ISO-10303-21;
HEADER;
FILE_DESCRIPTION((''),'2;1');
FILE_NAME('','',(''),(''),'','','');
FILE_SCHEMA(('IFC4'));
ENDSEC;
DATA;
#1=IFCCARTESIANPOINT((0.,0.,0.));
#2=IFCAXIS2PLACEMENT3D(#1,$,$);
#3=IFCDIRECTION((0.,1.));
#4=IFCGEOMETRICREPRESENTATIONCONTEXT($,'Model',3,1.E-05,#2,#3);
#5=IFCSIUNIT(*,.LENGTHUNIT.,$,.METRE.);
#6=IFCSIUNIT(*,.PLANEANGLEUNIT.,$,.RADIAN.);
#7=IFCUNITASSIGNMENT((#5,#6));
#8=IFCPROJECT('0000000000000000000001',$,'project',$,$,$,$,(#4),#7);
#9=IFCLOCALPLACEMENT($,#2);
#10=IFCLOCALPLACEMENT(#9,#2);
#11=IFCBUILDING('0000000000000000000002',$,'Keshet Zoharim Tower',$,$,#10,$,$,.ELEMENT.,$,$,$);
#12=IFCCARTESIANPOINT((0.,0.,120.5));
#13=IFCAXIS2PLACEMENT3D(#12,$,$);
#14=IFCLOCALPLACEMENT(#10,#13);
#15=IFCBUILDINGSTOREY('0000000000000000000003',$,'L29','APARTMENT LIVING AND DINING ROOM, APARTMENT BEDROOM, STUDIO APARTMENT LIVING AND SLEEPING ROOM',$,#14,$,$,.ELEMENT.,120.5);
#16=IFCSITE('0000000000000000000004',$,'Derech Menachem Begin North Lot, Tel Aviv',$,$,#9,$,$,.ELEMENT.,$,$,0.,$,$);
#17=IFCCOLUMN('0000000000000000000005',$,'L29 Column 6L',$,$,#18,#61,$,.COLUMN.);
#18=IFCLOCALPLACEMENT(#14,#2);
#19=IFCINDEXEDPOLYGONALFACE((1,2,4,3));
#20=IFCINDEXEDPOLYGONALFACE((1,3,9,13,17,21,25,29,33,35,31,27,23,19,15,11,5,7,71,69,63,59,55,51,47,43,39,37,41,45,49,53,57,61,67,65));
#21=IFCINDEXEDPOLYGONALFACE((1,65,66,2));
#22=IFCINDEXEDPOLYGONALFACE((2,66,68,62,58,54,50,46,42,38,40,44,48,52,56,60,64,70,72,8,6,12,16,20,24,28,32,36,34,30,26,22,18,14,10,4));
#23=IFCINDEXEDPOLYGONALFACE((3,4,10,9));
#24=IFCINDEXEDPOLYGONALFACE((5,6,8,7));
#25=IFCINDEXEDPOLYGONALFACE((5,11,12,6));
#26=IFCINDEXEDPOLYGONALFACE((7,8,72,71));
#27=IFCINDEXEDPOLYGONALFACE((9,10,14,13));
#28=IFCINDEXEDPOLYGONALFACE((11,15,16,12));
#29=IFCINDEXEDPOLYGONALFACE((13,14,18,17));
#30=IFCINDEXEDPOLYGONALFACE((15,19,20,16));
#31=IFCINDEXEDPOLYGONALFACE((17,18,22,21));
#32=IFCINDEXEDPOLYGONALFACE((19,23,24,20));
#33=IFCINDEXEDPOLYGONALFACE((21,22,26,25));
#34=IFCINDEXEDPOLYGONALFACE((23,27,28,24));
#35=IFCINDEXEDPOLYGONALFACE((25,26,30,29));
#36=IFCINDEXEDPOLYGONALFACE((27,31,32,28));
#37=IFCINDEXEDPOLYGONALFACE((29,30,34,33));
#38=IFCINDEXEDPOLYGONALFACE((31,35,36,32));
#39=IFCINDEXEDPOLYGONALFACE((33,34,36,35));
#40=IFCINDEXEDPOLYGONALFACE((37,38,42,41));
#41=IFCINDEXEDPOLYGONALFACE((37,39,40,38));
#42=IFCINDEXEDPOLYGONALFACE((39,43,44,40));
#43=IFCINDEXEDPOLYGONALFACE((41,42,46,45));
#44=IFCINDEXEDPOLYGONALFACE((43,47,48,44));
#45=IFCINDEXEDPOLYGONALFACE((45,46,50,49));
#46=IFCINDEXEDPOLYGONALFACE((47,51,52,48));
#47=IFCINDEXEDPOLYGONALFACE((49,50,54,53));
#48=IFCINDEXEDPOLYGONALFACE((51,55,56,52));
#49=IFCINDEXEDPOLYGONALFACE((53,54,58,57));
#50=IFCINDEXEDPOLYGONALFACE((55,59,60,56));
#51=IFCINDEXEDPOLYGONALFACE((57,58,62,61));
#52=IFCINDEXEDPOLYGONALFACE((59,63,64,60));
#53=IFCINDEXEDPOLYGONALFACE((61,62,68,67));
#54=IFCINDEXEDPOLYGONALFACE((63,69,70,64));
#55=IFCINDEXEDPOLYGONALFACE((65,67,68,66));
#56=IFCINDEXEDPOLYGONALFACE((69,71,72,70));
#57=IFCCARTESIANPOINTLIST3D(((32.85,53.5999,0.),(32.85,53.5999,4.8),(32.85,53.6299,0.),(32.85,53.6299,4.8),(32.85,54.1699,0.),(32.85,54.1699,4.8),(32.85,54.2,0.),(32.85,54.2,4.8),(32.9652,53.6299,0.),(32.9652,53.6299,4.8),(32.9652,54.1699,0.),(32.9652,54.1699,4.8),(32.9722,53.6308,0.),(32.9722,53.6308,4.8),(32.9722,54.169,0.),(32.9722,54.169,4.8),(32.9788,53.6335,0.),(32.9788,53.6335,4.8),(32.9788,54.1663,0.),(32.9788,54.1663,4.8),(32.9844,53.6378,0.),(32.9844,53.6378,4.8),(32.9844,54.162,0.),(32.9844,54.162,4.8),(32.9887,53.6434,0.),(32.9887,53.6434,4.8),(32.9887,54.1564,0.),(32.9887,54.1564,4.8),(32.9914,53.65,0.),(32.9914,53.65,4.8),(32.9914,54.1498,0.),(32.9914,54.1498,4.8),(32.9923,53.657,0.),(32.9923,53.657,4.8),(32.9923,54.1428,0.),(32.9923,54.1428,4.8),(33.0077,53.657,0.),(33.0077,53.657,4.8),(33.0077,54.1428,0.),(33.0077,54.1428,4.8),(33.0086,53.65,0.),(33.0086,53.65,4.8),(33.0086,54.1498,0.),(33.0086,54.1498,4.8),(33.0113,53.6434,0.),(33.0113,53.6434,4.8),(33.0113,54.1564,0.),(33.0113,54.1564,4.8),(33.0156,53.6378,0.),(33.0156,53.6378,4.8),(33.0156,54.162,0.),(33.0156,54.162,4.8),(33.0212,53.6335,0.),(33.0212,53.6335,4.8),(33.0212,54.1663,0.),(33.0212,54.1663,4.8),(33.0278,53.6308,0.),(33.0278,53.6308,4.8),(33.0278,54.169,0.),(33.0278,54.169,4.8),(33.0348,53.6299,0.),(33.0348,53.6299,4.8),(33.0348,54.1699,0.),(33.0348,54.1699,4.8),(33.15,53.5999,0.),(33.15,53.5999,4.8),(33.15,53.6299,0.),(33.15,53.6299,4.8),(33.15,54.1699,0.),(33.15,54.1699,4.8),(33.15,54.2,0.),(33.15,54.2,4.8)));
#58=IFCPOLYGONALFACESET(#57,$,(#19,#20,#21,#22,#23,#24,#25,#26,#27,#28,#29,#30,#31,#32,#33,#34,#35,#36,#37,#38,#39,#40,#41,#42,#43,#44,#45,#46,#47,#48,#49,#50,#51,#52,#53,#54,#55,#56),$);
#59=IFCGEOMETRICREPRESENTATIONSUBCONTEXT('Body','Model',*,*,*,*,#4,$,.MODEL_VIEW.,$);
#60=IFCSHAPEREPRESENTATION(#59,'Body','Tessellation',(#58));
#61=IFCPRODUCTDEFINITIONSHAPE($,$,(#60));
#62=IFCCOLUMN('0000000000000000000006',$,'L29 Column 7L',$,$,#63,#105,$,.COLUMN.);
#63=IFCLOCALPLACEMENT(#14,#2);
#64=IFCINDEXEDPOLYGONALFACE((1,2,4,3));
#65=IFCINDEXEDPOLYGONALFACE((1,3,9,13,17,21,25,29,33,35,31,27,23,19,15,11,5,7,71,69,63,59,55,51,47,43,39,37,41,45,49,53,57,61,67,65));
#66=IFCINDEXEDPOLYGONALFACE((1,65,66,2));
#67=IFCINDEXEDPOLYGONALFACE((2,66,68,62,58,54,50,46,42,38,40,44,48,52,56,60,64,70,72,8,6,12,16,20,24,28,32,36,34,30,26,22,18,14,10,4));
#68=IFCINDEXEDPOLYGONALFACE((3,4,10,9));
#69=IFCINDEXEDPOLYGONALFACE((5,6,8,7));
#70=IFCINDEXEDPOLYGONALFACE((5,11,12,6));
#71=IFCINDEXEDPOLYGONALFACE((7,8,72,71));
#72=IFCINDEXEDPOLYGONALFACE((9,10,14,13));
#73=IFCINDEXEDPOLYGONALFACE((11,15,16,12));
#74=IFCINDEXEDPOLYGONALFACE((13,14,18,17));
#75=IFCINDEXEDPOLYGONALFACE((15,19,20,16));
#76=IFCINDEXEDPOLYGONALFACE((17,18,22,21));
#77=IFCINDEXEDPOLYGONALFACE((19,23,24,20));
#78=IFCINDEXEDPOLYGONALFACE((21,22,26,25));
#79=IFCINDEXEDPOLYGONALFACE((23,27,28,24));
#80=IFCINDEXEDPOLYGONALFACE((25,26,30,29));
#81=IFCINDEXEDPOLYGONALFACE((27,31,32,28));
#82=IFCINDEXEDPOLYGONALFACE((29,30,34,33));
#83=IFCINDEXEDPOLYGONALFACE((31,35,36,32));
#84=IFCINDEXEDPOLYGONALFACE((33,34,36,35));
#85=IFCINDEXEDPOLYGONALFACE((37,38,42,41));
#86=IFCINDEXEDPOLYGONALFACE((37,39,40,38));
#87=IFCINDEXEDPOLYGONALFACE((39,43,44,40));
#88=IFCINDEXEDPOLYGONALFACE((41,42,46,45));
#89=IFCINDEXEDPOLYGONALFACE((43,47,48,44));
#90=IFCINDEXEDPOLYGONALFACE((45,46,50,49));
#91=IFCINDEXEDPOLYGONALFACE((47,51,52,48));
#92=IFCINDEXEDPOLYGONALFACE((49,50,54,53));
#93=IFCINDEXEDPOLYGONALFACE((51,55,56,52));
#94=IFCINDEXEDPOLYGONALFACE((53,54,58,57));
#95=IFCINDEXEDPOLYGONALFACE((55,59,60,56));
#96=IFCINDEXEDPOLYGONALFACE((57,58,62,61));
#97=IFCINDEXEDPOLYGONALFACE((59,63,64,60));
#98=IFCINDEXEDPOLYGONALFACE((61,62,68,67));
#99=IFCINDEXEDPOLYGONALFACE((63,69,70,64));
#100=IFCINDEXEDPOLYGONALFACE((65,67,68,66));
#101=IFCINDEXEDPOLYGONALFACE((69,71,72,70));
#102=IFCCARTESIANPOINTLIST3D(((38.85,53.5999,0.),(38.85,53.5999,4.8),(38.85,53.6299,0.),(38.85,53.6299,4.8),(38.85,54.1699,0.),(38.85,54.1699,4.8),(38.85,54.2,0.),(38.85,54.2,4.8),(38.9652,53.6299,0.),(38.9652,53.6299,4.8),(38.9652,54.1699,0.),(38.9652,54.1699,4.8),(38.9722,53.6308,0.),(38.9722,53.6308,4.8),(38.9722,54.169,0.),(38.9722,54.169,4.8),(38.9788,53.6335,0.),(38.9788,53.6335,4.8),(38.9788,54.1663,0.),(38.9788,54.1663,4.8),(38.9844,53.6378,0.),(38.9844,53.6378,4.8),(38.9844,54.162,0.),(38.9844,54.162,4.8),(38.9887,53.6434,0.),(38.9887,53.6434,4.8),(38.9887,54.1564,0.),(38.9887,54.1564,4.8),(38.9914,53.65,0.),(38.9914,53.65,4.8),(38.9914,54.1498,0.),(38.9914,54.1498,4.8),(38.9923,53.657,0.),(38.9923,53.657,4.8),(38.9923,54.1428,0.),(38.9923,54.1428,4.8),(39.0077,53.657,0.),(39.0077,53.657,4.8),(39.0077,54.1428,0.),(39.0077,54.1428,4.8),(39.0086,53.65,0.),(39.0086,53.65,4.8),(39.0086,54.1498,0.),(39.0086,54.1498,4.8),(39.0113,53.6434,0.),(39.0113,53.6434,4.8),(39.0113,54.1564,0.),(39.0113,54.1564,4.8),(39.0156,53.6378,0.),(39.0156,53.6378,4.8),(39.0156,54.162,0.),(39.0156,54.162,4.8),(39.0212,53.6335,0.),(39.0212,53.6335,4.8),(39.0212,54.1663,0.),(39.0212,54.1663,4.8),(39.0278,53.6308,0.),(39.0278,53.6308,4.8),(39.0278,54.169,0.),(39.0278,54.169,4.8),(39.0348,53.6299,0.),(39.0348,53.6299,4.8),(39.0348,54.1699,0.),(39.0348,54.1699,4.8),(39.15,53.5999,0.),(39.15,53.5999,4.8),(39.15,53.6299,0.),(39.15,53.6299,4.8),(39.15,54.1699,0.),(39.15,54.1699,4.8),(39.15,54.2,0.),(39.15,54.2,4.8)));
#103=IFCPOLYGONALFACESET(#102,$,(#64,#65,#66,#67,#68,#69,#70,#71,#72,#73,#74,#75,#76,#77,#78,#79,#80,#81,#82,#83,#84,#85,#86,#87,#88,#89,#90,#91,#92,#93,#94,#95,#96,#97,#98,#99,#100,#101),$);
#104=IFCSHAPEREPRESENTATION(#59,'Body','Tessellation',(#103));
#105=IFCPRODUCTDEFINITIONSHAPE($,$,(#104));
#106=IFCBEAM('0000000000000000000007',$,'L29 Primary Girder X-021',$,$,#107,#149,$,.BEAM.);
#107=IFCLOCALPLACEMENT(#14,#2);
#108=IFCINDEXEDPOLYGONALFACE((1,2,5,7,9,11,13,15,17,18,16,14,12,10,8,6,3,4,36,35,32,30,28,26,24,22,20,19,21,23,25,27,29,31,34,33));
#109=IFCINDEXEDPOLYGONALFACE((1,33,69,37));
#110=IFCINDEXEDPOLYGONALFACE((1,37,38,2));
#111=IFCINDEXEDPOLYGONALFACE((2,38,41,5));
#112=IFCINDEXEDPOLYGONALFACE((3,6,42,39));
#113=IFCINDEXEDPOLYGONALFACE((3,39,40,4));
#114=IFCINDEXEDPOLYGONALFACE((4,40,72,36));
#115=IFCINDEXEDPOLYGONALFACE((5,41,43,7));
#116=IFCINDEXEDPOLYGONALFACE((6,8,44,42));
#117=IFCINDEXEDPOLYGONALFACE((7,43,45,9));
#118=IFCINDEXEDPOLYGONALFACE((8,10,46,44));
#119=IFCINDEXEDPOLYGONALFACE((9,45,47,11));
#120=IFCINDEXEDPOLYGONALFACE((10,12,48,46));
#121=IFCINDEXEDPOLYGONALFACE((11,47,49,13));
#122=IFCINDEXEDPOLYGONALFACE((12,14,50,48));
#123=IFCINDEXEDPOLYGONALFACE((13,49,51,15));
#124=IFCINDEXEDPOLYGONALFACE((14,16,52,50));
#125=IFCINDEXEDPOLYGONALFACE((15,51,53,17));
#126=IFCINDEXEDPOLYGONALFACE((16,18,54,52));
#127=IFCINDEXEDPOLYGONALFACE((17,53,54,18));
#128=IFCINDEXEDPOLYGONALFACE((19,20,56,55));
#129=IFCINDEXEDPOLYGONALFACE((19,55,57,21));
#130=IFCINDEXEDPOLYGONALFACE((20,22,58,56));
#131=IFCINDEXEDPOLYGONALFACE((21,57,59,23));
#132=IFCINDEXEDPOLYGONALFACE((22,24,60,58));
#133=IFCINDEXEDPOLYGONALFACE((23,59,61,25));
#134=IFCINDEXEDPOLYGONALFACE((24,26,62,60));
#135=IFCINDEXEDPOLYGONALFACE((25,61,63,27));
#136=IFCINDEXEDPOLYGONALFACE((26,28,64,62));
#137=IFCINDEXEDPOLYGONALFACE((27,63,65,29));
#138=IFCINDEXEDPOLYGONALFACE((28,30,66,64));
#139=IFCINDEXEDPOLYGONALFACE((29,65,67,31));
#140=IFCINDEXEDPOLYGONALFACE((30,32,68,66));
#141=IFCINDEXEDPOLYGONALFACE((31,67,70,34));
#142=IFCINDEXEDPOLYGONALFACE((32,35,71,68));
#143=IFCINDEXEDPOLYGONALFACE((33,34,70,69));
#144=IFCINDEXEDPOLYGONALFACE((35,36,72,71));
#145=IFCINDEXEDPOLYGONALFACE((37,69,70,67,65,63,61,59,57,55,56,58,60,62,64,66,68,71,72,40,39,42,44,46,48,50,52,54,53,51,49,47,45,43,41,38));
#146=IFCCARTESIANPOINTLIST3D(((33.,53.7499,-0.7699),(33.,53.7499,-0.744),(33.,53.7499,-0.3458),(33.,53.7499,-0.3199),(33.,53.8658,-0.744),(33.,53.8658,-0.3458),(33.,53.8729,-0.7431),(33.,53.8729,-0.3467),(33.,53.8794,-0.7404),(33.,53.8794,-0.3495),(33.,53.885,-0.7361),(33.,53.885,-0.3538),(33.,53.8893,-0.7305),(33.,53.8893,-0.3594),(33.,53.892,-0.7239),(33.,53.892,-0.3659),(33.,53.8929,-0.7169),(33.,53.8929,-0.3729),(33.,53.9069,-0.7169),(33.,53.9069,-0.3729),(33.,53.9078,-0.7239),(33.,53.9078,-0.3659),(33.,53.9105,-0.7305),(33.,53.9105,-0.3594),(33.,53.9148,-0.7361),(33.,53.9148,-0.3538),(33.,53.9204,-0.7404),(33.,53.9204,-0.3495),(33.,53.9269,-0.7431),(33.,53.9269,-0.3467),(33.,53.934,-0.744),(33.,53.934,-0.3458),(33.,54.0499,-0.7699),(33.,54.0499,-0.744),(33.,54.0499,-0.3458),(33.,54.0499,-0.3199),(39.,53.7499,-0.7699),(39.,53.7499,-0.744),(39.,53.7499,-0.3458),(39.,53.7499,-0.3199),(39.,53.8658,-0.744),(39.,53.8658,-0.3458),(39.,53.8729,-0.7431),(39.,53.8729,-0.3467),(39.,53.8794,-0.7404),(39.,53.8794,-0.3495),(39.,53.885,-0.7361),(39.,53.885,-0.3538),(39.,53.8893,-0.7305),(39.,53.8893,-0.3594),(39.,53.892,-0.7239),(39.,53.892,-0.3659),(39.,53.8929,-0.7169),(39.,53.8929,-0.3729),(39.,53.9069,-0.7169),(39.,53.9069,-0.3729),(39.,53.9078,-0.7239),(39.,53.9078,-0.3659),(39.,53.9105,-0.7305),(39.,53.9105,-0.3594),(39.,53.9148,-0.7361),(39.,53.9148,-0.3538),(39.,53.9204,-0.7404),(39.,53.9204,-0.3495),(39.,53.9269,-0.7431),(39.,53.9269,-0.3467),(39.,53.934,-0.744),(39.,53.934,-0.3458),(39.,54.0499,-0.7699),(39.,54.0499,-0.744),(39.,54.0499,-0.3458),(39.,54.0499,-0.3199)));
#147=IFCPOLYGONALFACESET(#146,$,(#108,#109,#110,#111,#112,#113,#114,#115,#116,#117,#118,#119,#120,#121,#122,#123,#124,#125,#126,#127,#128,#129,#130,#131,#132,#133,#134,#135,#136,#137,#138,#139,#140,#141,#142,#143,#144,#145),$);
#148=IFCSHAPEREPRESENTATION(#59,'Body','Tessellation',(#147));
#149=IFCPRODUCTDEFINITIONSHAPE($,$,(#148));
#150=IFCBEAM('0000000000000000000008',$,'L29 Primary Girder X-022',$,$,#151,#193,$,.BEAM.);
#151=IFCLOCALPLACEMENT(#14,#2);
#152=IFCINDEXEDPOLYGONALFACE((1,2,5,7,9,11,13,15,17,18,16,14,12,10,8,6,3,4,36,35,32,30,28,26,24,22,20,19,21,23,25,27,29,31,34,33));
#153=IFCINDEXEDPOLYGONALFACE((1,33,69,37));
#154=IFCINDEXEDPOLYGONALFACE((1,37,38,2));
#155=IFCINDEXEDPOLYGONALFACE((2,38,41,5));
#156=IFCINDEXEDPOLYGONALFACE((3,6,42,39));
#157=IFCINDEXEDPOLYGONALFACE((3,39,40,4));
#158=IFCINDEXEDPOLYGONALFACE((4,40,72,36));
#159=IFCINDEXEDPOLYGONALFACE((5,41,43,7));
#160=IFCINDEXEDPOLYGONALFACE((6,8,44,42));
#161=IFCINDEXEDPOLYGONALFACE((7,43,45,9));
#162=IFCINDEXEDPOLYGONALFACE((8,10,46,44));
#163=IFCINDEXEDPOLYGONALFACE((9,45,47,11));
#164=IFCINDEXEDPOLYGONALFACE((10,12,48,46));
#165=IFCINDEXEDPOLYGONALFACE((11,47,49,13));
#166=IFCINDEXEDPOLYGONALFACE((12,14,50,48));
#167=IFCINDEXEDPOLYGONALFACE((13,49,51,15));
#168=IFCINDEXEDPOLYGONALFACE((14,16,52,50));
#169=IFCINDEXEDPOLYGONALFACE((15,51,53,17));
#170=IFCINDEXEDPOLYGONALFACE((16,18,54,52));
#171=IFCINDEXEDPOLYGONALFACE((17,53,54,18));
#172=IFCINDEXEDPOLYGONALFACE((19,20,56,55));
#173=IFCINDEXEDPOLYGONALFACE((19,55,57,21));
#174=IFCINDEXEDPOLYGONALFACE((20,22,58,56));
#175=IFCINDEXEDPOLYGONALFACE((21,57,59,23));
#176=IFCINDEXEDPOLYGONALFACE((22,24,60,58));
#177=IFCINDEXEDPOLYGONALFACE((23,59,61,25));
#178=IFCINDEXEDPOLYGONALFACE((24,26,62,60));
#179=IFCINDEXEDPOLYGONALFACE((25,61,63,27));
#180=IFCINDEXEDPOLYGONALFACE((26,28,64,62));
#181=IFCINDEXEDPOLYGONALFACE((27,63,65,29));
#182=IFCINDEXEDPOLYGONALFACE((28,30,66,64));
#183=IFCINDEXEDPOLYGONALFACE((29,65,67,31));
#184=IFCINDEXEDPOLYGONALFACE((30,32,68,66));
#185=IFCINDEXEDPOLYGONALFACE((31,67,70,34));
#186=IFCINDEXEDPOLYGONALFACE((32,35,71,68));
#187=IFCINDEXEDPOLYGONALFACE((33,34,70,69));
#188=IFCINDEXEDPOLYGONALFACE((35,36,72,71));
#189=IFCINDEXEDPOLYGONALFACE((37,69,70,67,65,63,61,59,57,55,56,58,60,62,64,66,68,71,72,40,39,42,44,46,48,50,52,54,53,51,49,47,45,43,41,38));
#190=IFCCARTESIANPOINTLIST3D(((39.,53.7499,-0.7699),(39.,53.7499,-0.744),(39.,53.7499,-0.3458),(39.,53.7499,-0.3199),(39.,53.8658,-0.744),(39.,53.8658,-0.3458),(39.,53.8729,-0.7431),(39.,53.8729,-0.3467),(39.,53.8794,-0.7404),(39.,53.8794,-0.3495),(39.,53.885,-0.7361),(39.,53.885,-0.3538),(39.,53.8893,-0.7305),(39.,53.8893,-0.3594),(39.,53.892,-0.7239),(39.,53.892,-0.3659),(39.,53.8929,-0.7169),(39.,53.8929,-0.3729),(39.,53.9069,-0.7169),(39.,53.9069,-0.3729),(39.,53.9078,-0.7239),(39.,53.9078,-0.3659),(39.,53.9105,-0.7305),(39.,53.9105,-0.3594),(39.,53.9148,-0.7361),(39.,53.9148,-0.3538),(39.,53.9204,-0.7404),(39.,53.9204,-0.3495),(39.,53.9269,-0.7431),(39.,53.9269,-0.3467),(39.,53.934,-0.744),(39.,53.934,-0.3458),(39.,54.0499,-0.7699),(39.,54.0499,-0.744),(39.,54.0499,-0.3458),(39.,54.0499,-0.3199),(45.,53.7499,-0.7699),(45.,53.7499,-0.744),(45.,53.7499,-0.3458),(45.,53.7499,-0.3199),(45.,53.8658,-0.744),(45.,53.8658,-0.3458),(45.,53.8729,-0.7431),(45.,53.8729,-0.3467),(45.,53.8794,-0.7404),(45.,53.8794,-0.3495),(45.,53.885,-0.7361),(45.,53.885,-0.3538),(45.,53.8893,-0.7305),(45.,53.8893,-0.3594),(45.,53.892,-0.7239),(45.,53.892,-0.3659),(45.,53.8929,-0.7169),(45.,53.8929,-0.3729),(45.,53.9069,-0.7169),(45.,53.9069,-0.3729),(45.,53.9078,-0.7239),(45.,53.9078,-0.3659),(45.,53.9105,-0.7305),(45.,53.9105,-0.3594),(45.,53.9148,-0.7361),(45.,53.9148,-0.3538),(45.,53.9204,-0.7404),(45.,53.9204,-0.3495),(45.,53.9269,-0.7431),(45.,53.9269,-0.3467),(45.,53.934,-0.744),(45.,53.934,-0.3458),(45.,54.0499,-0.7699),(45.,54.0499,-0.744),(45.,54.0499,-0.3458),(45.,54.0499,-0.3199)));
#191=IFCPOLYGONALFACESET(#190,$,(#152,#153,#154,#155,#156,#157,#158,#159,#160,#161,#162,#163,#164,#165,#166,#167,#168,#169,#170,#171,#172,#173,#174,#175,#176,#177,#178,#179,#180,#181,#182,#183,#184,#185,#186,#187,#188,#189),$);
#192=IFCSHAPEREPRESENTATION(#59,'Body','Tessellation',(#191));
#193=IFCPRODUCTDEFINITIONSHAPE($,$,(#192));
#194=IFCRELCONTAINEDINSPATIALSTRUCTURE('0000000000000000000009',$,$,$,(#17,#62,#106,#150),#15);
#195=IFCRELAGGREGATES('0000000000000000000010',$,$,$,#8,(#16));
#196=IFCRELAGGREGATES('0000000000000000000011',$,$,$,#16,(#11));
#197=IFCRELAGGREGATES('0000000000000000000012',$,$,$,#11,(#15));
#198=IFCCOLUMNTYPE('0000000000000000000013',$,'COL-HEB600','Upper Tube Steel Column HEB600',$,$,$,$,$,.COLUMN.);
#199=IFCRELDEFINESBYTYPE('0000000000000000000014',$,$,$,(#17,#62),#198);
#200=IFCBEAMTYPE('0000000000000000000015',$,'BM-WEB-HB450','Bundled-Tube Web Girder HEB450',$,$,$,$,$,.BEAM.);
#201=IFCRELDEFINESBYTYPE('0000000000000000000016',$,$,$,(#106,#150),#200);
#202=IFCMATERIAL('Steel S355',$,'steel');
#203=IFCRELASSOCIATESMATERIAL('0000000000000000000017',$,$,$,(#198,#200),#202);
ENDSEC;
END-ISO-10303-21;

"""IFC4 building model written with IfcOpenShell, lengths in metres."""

from ifc_helpers import new_model, si_unit, direction, frame, origin, origin_2d, place, context, subcontext, project, spatial, i_section, extrude, material, material_profile, profile_set, type_object, element, save


model = new_model("IFC4")

# Units and contexts
model_context = context("Model", 3, precision=1e-05, world=origin(), true_north=direction((0.0, 1.0)))
body_context = subcontext(model_context, "Body", "Model", "MODEL_VIEW")
ifc_project = project(units=[si_unit("LENGTHUNIT", "METRE"), si_unit("PLANEANGLEUNIT", "RADIAN")], contexts=[model_context])

# Site, building, storey
site_placement = place(None, origin())
site = spatial("IfcSite", under=ifc_project, at=site_placement, Name="Derech Menachem Begin North Lot, Tel Aviv", CompositionType="ELEMENT", RefElevation=0.0)
building_placement = place(site_placement, origin())
building = spatial("IfcBuilding", under=site, at=building_placement, Name="Keshet Zoharim Tower", CompositionType="ELEMENT")
storey_placement = place(building_placement, frame((0.0, 0.0, 120.5)))
storey = spatial("IfcBuildingStorey", under=building, at=storey_placement, Name="L29", Description="APARTMENT LIVING AND DINING ROOM, APARTMENT BEDROOM, STUDIO APARTMENT LIVING AND SLEEPING ROOM", CompositionType="ELEMENT", Elevation=120.5)

# Columns
ifc_material_1 = material(Name="Steel S355", Category="steel")
ifc_material_profile_1 = material_profile(ifc_material_1, i_section(OverallWidth=0.3, OverallDepth=0.6001, WebThickness=0.0154, FlangeThickness=0.03, FilletRadius=0.0271, at=origin_2d()), Name="HEB600")
ifc_profile_set_1 = profile_set([ifc_material_profile_1], Name="Steel S355")
column_type = type_object("IfcColumnType", Name="COL-HEB600", Description="Upper Tube Steel Column HEB600", PredefinedType="COLUMN", material=ifc_profile_set_1)
for number, where, z_axis, x_axis, name in (
    (1, (33.0, 53.8999, 0.0), (0.0, 0.0, 1.0), (1.0, 0.0, 0.0), "L29 Column 6L"),
    (2, (39.0, 53.8999, 0.0), (0.0, 0.0, 1.0), (1.0, 0.0, 0.0), "L29 Column 7L"),
):
    element("IfcColumn", number, at=place(storey_placement, frame(where, z_axis=z_axis, x_axis=x_axis)), inside=storey, type_object=column_type, Name=name, PredefinedType="COLUMN", context=body_context, shape_type="SweptSolid", body=[
        extrude(i_section(OverallWidth=0.3, OverallDepth=0.6001, WebThickness=0.0154, FlangeThickness=0.03, FilletRadius=0.0271, at=origin_2d()), origin(), (0.0, 0.0, 1.0), 4.8),
    ])

# Beams
ifc_material_profile_2 = material_profile(ifc_material_1, i_section(OverallWidth=0.3, OverallDepth=0.45, WebThickness=0.0139, FlangeThickness=0.0259, FilletRadius=0.0271, at=origin_2d()), Name="HEB450")
ifc_profile_set_2 = profile_set([ifc_material_profile_2], Name="Steel S355")
beam_type = type_object("IfcBeamType", Name="BM-WEB-HB450", Description="Bundled-Tube Web Girder HEB450", PredefinedType="BEAM", material=ifc_profile_set_2)
for number, where, z_axis, x_axis, name in (
    (3, (33.0, 53.8999, -0.5449), (1.0, 0.0, 0.0), (0.0, 1.0, 0.0), "L29 Primary Girder X-021"),
    (4, (39.0, 53.8999, -0.5449), (1.0, 0.0, 0.0), (0.0, 1.0, 0.0), "L29 Primary Girder X-022"),
):
    element("IfcBeam", number, at=place(storey_placement, frame(where, z_axis=z_axis, x_axis=x_axis)), inside=storey, type_object=beam_type, Name=name, PredefinedType="BEAM", context=body_context, shape_type="SweptSolid", body=[
        extrude(i_section(OverallWidth=0.3, OverallDepth=0.45, WebThickness=0.0139, FlangeThickness=0.0259, FilletRadius=0.0271, at=origin_2d()), origin(), (0.0, 0.0, 1.0), 6.0),
    ])

save(model, "model.ifc")
